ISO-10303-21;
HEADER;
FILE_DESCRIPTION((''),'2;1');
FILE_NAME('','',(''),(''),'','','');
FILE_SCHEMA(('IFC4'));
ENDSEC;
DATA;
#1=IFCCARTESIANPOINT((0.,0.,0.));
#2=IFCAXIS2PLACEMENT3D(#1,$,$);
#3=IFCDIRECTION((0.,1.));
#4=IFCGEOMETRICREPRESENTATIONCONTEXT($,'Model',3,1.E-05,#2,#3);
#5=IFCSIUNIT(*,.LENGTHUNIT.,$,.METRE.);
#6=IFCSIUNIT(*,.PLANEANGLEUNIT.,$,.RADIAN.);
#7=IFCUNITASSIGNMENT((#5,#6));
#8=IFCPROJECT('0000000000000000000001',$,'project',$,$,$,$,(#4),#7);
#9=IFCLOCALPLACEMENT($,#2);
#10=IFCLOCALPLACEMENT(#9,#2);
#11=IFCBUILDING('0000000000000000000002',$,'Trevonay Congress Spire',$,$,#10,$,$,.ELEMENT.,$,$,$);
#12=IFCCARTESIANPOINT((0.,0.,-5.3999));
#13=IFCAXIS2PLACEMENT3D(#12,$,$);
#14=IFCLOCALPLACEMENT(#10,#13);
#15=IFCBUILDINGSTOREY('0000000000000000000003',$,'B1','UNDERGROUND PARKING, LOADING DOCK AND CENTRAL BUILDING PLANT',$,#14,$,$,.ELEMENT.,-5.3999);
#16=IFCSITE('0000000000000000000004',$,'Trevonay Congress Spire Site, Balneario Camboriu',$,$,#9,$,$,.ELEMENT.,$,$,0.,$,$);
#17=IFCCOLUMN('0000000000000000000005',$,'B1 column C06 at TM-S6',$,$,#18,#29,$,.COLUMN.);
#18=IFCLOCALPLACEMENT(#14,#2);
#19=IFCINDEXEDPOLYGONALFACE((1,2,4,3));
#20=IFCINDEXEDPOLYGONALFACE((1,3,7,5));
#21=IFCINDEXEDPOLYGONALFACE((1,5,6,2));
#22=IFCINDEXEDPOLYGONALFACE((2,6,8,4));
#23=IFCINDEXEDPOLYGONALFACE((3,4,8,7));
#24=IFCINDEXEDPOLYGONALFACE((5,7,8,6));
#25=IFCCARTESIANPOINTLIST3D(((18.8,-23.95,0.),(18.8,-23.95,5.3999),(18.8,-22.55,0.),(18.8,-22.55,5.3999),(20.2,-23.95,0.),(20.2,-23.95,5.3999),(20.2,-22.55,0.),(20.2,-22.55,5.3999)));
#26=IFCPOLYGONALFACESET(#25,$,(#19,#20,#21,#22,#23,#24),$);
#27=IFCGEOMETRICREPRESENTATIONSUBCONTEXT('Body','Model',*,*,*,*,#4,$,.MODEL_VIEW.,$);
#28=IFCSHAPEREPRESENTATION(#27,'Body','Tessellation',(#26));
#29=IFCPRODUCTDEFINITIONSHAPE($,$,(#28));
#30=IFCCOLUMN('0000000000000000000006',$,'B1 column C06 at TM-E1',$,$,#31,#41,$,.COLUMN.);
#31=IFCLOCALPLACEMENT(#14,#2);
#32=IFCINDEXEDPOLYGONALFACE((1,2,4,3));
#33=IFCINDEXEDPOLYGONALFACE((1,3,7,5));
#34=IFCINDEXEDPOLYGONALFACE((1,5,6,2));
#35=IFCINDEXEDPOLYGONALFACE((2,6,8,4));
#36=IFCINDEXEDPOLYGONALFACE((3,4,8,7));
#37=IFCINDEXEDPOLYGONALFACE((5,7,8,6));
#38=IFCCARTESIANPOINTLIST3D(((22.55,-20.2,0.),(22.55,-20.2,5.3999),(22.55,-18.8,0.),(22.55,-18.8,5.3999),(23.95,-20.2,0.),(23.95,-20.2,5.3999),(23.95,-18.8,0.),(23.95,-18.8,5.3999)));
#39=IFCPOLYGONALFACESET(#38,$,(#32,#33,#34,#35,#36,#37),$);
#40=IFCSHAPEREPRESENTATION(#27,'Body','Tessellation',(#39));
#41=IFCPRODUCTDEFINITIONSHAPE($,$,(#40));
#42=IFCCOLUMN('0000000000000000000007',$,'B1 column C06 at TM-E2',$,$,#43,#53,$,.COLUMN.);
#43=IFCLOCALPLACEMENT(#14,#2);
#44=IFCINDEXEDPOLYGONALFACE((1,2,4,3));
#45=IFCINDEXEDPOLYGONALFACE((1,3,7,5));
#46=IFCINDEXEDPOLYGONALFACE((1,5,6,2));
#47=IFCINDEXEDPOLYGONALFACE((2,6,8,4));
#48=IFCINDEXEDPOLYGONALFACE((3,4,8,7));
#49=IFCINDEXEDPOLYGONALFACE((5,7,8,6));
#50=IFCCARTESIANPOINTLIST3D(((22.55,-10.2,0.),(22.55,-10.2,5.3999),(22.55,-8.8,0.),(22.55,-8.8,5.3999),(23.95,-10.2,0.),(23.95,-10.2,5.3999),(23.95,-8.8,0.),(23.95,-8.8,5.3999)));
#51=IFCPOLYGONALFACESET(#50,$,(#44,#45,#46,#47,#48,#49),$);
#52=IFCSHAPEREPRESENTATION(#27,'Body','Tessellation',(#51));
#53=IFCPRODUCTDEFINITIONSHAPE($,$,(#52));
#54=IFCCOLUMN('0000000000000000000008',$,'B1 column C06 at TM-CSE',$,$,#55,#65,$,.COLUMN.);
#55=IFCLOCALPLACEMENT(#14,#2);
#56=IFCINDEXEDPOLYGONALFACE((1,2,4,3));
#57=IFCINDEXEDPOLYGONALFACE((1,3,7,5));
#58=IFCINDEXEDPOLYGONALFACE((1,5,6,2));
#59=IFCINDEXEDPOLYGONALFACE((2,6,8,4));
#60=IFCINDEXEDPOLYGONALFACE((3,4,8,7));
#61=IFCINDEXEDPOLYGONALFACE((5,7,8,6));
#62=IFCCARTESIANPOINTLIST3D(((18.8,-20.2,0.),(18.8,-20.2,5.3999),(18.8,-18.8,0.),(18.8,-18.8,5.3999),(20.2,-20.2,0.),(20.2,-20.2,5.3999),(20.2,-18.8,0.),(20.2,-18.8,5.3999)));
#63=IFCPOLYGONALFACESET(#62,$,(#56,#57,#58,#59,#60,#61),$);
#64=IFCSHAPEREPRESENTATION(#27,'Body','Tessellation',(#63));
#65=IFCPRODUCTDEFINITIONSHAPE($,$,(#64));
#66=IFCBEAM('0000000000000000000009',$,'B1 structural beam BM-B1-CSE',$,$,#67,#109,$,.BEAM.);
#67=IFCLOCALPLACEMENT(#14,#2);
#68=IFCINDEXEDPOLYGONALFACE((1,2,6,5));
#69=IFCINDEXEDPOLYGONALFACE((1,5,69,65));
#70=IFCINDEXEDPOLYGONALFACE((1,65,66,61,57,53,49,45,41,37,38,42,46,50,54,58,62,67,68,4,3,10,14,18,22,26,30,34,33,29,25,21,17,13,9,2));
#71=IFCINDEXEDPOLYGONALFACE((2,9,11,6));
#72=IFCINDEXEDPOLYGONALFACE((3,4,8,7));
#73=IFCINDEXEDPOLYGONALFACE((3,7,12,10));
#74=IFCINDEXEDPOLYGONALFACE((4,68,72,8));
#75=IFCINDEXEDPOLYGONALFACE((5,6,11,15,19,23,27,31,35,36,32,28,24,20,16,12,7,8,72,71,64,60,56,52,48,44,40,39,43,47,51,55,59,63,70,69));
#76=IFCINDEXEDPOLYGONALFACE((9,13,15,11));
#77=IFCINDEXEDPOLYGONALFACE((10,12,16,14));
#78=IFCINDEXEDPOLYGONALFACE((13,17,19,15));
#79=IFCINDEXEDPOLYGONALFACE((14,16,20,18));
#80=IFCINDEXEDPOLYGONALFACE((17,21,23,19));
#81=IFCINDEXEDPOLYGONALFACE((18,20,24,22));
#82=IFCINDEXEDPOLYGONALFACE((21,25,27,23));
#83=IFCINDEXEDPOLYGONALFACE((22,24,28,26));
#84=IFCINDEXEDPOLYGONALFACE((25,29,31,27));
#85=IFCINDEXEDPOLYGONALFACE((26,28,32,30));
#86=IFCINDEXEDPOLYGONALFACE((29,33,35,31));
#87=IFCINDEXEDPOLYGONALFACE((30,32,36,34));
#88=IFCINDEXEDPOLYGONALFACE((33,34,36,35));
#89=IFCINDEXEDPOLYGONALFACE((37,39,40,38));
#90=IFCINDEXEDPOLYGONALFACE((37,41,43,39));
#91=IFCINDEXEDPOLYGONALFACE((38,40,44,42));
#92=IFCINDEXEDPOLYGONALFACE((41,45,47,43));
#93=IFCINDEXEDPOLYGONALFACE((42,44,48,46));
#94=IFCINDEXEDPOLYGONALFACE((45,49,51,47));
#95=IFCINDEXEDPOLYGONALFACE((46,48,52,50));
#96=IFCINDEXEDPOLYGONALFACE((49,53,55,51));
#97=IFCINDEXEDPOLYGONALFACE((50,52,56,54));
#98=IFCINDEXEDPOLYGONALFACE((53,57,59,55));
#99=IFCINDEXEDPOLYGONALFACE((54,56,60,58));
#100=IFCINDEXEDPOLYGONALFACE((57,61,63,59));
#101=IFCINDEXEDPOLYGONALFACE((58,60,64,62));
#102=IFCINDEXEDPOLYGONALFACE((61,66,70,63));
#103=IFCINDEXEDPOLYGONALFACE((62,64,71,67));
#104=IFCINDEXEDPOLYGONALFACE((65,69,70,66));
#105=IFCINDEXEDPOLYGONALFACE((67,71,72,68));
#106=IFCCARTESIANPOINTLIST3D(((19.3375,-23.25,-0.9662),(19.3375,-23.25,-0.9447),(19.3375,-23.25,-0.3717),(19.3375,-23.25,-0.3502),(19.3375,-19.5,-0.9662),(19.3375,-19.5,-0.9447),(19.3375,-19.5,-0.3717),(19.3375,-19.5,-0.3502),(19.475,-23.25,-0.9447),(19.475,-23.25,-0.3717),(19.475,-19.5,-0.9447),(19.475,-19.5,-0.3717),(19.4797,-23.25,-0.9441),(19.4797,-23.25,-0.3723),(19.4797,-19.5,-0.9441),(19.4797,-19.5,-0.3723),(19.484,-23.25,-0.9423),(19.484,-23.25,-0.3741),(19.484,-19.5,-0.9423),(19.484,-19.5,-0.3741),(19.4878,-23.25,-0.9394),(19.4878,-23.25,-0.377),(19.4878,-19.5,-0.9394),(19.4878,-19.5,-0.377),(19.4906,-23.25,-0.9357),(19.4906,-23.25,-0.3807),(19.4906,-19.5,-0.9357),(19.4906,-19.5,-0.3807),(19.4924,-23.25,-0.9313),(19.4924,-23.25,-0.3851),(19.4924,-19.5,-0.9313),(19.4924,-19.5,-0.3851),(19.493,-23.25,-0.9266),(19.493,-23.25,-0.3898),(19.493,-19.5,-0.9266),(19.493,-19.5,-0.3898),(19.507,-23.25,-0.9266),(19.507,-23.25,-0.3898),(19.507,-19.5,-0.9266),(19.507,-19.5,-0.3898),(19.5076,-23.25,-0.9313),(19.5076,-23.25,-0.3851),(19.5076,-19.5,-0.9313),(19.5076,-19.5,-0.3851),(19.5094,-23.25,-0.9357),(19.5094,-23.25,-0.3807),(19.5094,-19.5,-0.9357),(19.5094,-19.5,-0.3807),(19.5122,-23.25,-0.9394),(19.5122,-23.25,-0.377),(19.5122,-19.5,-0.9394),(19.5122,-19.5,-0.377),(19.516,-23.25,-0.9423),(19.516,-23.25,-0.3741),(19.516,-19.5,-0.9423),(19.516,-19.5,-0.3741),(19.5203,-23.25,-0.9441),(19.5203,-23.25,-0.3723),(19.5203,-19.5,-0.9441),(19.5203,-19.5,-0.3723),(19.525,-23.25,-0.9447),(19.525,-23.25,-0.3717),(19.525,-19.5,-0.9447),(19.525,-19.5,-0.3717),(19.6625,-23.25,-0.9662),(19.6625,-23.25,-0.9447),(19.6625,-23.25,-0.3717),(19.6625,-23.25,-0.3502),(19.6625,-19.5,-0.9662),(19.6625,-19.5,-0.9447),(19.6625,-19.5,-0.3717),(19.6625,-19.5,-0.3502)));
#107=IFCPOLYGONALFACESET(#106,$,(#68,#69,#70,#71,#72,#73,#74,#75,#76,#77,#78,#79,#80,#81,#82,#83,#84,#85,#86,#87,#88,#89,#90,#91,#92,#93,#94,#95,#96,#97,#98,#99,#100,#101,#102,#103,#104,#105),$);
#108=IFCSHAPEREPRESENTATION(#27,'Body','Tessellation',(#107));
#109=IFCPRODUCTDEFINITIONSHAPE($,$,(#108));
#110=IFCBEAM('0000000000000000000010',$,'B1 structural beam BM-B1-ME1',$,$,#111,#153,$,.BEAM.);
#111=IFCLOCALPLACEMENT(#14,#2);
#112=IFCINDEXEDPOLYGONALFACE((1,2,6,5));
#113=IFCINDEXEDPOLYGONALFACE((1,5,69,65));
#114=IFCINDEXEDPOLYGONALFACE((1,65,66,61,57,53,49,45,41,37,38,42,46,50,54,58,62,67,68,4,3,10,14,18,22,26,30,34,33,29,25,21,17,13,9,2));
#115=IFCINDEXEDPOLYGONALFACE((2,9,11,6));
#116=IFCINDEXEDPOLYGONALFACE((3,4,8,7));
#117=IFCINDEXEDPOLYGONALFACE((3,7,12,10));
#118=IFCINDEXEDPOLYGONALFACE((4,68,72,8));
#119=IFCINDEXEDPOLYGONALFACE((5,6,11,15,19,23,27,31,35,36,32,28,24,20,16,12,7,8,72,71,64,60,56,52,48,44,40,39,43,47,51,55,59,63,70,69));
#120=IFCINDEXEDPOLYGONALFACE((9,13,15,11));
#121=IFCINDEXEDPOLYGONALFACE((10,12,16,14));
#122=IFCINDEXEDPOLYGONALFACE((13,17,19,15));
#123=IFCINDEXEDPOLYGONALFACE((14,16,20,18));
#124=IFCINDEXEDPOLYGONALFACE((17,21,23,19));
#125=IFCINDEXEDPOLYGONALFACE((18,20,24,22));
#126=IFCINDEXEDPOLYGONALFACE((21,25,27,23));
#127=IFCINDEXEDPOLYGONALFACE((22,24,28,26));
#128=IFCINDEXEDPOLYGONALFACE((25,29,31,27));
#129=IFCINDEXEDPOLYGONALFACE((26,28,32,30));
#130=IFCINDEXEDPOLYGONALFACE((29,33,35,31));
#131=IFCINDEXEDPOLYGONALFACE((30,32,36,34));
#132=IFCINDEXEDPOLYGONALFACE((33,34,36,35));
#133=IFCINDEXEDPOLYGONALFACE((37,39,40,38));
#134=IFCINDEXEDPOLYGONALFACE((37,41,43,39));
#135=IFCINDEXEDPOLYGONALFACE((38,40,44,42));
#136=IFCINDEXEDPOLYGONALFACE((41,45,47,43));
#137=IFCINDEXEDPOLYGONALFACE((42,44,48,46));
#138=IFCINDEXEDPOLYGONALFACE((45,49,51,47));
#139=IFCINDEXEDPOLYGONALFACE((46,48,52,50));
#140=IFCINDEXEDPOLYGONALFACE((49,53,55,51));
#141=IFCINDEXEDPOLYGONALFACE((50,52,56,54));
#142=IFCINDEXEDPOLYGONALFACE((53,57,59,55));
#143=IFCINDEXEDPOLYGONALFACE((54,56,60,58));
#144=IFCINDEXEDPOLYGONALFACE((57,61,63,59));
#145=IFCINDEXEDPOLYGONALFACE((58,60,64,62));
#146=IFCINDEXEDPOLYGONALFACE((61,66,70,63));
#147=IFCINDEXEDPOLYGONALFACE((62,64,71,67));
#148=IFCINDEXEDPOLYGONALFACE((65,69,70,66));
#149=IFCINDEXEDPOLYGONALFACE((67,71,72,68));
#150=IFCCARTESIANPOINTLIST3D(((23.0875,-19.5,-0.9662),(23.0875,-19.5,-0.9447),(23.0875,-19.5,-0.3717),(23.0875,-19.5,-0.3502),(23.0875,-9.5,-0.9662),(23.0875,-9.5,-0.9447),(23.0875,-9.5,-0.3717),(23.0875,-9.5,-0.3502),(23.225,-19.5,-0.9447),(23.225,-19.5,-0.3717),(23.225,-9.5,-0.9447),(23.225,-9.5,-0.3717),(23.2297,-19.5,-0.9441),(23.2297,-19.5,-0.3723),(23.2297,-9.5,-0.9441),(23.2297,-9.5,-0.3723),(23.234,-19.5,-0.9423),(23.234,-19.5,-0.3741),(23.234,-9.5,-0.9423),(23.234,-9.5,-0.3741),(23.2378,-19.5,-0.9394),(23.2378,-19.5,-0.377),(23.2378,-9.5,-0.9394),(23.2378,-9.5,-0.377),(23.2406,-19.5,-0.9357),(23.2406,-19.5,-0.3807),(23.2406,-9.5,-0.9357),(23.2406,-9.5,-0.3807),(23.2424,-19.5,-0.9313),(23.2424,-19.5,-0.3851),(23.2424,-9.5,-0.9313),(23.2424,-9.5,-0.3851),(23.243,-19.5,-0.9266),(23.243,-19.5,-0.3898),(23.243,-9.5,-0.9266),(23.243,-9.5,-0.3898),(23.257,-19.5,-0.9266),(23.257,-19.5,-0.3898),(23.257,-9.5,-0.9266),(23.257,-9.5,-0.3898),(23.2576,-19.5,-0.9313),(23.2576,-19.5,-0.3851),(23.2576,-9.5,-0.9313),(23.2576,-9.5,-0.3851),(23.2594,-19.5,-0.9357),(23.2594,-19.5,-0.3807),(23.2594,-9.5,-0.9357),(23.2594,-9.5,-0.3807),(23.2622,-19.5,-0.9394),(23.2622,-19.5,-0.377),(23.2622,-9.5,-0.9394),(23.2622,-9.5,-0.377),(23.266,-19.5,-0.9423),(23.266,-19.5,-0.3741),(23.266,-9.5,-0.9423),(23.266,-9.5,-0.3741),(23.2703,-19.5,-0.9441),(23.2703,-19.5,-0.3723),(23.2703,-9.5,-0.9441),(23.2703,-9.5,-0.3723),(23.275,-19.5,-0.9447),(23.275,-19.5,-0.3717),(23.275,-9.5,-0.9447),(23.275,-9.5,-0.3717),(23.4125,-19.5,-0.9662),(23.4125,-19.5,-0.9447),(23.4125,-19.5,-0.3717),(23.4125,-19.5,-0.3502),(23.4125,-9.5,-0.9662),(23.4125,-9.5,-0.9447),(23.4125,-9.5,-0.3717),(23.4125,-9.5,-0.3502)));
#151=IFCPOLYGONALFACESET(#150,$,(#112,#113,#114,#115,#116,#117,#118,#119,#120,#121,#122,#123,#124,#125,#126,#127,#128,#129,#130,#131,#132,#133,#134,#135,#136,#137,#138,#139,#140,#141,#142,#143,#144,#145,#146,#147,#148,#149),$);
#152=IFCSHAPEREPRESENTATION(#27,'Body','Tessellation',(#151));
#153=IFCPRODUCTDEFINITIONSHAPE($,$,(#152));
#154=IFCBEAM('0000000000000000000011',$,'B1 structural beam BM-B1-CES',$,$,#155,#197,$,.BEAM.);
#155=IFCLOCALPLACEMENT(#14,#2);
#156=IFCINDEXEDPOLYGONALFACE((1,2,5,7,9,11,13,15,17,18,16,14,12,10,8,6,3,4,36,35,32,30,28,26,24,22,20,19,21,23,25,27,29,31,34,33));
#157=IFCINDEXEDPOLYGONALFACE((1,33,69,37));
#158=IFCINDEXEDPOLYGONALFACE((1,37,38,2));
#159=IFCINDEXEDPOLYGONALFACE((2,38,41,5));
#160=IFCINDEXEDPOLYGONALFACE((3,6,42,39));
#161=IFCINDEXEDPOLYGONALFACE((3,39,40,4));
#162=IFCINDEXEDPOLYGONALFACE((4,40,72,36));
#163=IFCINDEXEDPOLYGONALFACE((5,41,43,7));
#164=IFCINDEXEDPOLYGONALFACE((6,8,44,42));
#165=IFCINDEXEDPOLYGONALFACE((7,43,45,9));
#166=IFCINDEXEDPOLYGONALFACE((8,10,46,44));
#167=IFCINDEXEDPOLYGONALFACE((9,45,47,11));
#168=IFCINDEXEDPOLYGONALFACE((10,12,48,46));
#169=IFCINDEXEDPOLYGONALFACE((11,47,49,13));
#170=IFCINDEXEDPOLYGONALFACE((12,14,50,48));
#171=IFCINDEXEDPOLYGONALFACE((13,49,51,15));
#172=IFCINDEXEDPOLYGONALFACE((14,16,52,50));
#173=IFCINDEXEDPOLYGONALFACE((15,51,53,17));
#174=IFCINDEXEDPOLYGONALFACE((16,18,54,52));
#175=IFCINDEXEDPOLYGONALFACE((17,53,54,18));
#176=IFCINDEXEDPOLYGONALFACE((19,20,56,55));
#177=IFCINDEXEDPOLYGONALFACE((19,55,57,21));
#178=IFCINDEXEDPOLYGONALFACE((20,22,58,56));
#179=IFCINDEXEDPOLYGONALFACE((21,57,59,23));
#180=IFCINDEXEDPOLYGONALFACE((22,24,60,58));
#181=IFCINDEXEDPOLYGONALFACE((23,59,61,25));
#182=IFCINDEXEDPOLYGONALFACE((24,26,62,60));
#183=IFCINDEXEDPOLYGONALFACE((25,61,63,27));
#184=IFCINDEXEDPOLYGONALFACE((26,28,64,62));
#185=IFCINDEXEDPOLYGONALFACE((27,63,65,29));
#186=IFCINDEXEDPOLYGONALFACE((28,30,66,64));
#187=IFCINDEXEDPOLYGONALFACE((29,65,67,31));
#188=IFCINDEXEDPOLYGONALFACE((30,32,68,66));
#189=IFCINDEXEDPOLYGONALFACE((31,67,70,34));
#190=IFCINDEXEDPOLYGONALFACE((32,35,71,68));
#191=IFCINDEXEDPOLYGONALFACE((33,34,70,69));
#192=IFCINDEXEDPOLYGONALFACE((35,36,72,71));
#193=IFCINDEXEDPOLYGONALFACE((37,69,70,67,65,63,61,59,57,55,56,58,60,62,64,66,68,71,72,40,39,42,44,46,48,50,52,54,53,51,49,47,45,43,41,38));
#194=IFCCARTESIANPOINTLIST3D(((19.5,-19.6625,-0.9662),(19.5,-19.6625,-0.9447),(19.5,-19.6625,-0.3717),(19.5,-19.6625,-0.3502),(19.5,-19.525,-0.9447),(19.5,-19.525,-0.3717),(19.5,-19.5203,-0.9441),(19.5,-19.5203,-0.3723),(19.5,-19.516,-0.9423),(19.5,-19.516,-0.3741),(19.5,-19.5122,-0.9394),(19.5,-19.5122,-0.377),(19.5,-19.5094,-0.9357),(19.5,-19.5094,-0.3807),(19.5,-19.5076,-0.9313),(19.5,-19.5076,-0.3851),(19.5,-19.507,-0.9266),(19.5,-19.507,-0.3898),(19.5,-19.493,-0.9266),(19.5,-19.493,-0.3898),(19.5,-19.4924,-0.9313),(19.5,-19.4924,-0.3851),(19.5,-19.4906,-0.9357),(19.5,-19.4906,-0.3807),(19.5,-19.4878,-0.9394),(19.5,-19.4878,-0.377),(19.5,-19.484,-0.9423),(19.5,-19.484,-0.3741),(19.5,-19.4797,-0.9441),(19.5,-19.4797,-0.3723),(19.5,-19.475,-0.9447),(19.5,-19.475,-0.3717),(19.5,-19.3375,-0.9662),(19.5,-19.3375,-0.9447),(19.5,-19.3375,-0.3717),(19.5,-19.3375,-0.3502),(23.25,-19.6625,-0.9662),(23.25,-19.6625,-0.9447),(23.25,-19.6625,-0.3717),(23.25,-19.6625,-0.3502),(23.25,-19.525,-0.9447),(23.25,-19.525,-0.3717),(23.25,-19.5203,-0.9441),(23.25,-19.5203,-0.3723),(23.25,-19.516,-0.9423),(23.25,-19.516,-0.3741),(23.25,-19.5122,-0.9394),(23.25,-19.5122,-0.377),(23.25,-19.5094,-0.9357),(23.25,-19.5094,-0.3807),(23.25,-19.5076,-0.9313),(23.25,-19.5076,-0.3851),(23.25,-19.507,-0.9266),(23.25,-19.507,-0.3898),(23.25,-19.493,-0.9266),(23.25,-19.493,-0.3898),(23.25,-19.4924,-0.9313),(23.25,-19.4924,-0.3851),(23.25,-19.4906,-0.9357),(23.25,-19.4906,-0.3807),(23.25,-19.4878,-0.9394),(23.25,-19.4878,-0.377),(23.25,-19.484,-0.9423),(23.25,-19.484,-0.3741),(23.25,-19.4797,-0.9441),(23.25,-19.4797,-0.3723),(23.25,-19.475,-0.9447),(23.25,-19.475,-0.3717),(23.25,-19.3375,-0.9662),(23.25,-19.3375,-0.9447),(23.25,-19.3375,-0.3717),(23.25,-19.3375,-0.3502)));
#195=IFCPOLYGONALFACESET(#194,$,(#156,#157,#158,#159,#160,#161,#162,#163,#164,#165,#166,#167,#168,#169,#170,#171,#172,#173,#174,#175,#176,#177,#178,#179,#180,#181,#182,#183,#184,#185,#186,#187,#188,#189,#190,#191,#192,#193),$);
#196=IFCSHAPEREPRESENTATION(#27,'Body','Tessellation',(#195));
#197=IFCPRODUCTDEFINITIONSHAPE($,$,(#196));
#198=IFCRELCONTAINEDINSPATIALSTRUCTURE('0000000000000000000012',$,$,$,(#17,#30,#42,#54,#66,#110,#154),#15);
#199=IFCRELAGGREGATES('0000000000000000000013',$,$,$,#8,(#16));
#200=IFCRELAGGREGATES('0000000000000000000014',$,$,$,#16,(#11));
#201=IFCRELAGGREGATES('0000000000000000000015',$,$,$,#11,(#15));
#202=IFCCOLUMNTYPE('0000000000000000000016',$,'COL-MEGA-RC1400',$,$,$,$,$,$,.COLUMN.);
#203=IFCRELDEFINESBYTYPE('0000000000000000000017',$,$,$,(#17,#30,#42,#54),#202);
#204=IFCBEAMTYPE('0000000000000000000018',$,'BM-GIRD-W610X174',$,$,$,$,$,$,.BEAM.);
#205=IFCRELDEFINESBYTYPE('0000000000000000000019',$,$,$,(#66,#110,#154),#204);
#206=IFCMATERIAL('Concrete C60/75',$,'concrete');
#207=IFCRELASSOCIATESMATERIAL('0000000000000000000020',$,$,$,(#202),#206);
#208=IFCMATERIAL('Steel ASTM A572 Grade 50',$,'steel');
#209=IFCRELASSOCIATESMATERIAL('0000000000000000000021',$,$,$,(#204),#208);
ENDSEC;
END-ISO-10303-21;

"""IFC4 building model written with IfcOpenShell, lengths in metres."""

from ifc_helpers import new_model, si_unit, direction, frame, origin, origin_2d, place, context, subcontext, project, spatial, rectangle, i_section, extrude, material, material_profile, profile_set, type_object, element, save


model = new_model("IFC4")

# Units and contexts
model_context = context("Model", 3, precision=1e-05, world=origin(), true_north=direction((0.0, 1.0)))
body_context = subcontext(model_context, "Body", "Model", "MODEL_VIEW")
ifc_project = project(units=[si_unit("LENGTHUNIT", "METRE"), si_unit("PLANEANGLEUNIT", "RADIAN")], contexts=[model_context])

# Site, building, storey
site_placement = place(None, origin())
site = spatial("IfcSite", under=ifc_project, at=site_placement, Name="Trevonay Congress Spire Site, Balneario Camboriu", CompositionType="ELEMENT", RefElevation=0.0)
building_placement = place(site_placement, origin())
building = spatial("IfcBuilding", under=site, at=building_placement, Name="Trevonay Congress Spire", CompositionType="ELEMENT")
storey_placement = place(building_placement, frame((0.0, 0.0, -5.3999)))
storey = spatial("IfcBuildingStorey", under=building, at=storey_placement, Name="B1", Description="UNDERGROUND PARKING, LOADING DOCK AND CENTRAL BUILDING PLANT", CompositionType="ELEMENT", Elevation=-5.3999)

# Columns
ifc_material_1 = material(Name="Concrete C60/75", Category="concrete")
ifc_material_profile_1 = material_profile(ifc_material_1, rectangle(XDim=1.3999, YDim=1.3999, at=origin_2d()), Name="RC 1400x1400")
ifc_profile_set_1 = profile_set([ifc_material_profile_1], Name="Concrete C60/75")
column_type = type_object("IfcColumnType", Name="COL-MEGA-RC1400", PredefinedType="COLUMN", material=ifc_profile_set_1)
for number, where, z_axis, x_axis, name in (
    (1, (19.5, -23.25, 0.0), (0.0, 0.0, 1.0), (1.0, 0.0, 0.0), "B1 column C06 at TM-S6"),
    (2, (23.25, -19.5, 0.0), (0.0, 0.0, 1.0), (1.0, 0.0, 0.0), "B1 column C06 at TM-E1"),
    (3, (23.25, -9.5, 0.0), (0.0, 0.0, 1.0), (1.0, 0.0, 0.0), "B1 column C06 at TM-E2"),
    (4, (19.5, -19.5, 0.0), (0.0, 0.0, 1.0), (1.0, 0.0, 0.0), "B1 column C06 at TM-CSE"),
):
    element("IfcColumn", number, at=place(storey_placement, frame(where, z_axis=z_axis, x_axis=x_axis)), inside=storey, type_object=column_type, Name=name, PredefinedType="COLUMN", context=body_context, shape_type="SweptSolid", body=[
        extrude(rectangle(XDim=1.3999, YDim=1.3999, at=origin_2d()), origin(), (0.0, 0.0, 1.0), 5.3999),
    ])

# Beams
ifc_material_2 = material(Name="Steel ASTM A572 Grade 50", Category="steel")
ifc_material_profile_2 = material_profile(ifc_material_2, i_section(OverallWidth=0.325, OverallDepth=0.616, WebThickness=0.0139, FlangeThickness=0.0215, FilletRadius=0.0181, at=origin_2d()), Name="W610x174")
ifc_profile_set_2 = profile_set([ifc_material_profile_2], Name="Steel ASTM A572 Grade 50")
beam_type_1 = type_object("IfcBeamType", Name="BM-GIRD-W610X174", PredefinedType="BEAM", material=ifc_profile_set_2)
beam_1_placement = place(storey_placement, frame((19.5, -23.25, -0.6582), z_axis=(0.0, 1.0, 0.0), x_axis=(-1.0, 0.0, 0.0)))
element("IfcBeam", 5, at=beam_1_placement, inside=storey, type_object=beam_type_1, Name="B1 structural beam BM-B1-CSE", PredefinedType="BEAM", context=body_context, shape_type="SweptSolid", body=[
    extrude(i_section(OverallWidth=0.325, OverallDepth=0.616, WebThickness=0.0139, FlangeThickness=0.0215, FilletRadius=0.0181, at=origin_2d()), origin(), (0.0, 0.0, 1.0), 3.75),
])
beam_2_placement = place(storey_placement, frame((23.25, -19.5, -0.6582), z_axis=(0.0, 1.0, 0.0), x_axis=(-1.0, 0.0, 0.0)))
element("IfcBeam", 6, at=beam_2_placement, inside=storey, type_object=beam_type_1, Name="B1 structural beam BM-B1-ME1", PredefinedType="BEAM", context=body_context, shape_type="SweptSolid", body=[
    extrude(i_section(OverallWidth=0.325, OverallDepth=0.616, WebThickness=0.0139, FlangeThickness=0.0215, FilletRadius=0.0181, at=origin_2d()), origin(), (0.0, 0.0, 1.0), 10.0),
])
beam_3_placement = place(storey_placement, frame((23.25, -19.5, -0.6582), z_axis=(-1.0, 0.0, 0.0), x_axis=(0.0, -1.0, 0.0)))
element("IfcBeam", 7, at=beam_3_placement, inside=storey, type_object=beam_type_1, Name="B1 structural beam BM-B1-CES", PredefinedType="BEAM", context=body_context, shape_type="SweptSolid", body=[
    extrude(i_section(OverallWidth=0.325, OverallDepth=0.616, WebThickness=0.0139, FlangeThickness=0.0215, FilletRadius=0.0181, at=origin_2d()), origin(), (0.0, 0.0, 1.0), 3.75),
])

save(model, "model.ifc")
